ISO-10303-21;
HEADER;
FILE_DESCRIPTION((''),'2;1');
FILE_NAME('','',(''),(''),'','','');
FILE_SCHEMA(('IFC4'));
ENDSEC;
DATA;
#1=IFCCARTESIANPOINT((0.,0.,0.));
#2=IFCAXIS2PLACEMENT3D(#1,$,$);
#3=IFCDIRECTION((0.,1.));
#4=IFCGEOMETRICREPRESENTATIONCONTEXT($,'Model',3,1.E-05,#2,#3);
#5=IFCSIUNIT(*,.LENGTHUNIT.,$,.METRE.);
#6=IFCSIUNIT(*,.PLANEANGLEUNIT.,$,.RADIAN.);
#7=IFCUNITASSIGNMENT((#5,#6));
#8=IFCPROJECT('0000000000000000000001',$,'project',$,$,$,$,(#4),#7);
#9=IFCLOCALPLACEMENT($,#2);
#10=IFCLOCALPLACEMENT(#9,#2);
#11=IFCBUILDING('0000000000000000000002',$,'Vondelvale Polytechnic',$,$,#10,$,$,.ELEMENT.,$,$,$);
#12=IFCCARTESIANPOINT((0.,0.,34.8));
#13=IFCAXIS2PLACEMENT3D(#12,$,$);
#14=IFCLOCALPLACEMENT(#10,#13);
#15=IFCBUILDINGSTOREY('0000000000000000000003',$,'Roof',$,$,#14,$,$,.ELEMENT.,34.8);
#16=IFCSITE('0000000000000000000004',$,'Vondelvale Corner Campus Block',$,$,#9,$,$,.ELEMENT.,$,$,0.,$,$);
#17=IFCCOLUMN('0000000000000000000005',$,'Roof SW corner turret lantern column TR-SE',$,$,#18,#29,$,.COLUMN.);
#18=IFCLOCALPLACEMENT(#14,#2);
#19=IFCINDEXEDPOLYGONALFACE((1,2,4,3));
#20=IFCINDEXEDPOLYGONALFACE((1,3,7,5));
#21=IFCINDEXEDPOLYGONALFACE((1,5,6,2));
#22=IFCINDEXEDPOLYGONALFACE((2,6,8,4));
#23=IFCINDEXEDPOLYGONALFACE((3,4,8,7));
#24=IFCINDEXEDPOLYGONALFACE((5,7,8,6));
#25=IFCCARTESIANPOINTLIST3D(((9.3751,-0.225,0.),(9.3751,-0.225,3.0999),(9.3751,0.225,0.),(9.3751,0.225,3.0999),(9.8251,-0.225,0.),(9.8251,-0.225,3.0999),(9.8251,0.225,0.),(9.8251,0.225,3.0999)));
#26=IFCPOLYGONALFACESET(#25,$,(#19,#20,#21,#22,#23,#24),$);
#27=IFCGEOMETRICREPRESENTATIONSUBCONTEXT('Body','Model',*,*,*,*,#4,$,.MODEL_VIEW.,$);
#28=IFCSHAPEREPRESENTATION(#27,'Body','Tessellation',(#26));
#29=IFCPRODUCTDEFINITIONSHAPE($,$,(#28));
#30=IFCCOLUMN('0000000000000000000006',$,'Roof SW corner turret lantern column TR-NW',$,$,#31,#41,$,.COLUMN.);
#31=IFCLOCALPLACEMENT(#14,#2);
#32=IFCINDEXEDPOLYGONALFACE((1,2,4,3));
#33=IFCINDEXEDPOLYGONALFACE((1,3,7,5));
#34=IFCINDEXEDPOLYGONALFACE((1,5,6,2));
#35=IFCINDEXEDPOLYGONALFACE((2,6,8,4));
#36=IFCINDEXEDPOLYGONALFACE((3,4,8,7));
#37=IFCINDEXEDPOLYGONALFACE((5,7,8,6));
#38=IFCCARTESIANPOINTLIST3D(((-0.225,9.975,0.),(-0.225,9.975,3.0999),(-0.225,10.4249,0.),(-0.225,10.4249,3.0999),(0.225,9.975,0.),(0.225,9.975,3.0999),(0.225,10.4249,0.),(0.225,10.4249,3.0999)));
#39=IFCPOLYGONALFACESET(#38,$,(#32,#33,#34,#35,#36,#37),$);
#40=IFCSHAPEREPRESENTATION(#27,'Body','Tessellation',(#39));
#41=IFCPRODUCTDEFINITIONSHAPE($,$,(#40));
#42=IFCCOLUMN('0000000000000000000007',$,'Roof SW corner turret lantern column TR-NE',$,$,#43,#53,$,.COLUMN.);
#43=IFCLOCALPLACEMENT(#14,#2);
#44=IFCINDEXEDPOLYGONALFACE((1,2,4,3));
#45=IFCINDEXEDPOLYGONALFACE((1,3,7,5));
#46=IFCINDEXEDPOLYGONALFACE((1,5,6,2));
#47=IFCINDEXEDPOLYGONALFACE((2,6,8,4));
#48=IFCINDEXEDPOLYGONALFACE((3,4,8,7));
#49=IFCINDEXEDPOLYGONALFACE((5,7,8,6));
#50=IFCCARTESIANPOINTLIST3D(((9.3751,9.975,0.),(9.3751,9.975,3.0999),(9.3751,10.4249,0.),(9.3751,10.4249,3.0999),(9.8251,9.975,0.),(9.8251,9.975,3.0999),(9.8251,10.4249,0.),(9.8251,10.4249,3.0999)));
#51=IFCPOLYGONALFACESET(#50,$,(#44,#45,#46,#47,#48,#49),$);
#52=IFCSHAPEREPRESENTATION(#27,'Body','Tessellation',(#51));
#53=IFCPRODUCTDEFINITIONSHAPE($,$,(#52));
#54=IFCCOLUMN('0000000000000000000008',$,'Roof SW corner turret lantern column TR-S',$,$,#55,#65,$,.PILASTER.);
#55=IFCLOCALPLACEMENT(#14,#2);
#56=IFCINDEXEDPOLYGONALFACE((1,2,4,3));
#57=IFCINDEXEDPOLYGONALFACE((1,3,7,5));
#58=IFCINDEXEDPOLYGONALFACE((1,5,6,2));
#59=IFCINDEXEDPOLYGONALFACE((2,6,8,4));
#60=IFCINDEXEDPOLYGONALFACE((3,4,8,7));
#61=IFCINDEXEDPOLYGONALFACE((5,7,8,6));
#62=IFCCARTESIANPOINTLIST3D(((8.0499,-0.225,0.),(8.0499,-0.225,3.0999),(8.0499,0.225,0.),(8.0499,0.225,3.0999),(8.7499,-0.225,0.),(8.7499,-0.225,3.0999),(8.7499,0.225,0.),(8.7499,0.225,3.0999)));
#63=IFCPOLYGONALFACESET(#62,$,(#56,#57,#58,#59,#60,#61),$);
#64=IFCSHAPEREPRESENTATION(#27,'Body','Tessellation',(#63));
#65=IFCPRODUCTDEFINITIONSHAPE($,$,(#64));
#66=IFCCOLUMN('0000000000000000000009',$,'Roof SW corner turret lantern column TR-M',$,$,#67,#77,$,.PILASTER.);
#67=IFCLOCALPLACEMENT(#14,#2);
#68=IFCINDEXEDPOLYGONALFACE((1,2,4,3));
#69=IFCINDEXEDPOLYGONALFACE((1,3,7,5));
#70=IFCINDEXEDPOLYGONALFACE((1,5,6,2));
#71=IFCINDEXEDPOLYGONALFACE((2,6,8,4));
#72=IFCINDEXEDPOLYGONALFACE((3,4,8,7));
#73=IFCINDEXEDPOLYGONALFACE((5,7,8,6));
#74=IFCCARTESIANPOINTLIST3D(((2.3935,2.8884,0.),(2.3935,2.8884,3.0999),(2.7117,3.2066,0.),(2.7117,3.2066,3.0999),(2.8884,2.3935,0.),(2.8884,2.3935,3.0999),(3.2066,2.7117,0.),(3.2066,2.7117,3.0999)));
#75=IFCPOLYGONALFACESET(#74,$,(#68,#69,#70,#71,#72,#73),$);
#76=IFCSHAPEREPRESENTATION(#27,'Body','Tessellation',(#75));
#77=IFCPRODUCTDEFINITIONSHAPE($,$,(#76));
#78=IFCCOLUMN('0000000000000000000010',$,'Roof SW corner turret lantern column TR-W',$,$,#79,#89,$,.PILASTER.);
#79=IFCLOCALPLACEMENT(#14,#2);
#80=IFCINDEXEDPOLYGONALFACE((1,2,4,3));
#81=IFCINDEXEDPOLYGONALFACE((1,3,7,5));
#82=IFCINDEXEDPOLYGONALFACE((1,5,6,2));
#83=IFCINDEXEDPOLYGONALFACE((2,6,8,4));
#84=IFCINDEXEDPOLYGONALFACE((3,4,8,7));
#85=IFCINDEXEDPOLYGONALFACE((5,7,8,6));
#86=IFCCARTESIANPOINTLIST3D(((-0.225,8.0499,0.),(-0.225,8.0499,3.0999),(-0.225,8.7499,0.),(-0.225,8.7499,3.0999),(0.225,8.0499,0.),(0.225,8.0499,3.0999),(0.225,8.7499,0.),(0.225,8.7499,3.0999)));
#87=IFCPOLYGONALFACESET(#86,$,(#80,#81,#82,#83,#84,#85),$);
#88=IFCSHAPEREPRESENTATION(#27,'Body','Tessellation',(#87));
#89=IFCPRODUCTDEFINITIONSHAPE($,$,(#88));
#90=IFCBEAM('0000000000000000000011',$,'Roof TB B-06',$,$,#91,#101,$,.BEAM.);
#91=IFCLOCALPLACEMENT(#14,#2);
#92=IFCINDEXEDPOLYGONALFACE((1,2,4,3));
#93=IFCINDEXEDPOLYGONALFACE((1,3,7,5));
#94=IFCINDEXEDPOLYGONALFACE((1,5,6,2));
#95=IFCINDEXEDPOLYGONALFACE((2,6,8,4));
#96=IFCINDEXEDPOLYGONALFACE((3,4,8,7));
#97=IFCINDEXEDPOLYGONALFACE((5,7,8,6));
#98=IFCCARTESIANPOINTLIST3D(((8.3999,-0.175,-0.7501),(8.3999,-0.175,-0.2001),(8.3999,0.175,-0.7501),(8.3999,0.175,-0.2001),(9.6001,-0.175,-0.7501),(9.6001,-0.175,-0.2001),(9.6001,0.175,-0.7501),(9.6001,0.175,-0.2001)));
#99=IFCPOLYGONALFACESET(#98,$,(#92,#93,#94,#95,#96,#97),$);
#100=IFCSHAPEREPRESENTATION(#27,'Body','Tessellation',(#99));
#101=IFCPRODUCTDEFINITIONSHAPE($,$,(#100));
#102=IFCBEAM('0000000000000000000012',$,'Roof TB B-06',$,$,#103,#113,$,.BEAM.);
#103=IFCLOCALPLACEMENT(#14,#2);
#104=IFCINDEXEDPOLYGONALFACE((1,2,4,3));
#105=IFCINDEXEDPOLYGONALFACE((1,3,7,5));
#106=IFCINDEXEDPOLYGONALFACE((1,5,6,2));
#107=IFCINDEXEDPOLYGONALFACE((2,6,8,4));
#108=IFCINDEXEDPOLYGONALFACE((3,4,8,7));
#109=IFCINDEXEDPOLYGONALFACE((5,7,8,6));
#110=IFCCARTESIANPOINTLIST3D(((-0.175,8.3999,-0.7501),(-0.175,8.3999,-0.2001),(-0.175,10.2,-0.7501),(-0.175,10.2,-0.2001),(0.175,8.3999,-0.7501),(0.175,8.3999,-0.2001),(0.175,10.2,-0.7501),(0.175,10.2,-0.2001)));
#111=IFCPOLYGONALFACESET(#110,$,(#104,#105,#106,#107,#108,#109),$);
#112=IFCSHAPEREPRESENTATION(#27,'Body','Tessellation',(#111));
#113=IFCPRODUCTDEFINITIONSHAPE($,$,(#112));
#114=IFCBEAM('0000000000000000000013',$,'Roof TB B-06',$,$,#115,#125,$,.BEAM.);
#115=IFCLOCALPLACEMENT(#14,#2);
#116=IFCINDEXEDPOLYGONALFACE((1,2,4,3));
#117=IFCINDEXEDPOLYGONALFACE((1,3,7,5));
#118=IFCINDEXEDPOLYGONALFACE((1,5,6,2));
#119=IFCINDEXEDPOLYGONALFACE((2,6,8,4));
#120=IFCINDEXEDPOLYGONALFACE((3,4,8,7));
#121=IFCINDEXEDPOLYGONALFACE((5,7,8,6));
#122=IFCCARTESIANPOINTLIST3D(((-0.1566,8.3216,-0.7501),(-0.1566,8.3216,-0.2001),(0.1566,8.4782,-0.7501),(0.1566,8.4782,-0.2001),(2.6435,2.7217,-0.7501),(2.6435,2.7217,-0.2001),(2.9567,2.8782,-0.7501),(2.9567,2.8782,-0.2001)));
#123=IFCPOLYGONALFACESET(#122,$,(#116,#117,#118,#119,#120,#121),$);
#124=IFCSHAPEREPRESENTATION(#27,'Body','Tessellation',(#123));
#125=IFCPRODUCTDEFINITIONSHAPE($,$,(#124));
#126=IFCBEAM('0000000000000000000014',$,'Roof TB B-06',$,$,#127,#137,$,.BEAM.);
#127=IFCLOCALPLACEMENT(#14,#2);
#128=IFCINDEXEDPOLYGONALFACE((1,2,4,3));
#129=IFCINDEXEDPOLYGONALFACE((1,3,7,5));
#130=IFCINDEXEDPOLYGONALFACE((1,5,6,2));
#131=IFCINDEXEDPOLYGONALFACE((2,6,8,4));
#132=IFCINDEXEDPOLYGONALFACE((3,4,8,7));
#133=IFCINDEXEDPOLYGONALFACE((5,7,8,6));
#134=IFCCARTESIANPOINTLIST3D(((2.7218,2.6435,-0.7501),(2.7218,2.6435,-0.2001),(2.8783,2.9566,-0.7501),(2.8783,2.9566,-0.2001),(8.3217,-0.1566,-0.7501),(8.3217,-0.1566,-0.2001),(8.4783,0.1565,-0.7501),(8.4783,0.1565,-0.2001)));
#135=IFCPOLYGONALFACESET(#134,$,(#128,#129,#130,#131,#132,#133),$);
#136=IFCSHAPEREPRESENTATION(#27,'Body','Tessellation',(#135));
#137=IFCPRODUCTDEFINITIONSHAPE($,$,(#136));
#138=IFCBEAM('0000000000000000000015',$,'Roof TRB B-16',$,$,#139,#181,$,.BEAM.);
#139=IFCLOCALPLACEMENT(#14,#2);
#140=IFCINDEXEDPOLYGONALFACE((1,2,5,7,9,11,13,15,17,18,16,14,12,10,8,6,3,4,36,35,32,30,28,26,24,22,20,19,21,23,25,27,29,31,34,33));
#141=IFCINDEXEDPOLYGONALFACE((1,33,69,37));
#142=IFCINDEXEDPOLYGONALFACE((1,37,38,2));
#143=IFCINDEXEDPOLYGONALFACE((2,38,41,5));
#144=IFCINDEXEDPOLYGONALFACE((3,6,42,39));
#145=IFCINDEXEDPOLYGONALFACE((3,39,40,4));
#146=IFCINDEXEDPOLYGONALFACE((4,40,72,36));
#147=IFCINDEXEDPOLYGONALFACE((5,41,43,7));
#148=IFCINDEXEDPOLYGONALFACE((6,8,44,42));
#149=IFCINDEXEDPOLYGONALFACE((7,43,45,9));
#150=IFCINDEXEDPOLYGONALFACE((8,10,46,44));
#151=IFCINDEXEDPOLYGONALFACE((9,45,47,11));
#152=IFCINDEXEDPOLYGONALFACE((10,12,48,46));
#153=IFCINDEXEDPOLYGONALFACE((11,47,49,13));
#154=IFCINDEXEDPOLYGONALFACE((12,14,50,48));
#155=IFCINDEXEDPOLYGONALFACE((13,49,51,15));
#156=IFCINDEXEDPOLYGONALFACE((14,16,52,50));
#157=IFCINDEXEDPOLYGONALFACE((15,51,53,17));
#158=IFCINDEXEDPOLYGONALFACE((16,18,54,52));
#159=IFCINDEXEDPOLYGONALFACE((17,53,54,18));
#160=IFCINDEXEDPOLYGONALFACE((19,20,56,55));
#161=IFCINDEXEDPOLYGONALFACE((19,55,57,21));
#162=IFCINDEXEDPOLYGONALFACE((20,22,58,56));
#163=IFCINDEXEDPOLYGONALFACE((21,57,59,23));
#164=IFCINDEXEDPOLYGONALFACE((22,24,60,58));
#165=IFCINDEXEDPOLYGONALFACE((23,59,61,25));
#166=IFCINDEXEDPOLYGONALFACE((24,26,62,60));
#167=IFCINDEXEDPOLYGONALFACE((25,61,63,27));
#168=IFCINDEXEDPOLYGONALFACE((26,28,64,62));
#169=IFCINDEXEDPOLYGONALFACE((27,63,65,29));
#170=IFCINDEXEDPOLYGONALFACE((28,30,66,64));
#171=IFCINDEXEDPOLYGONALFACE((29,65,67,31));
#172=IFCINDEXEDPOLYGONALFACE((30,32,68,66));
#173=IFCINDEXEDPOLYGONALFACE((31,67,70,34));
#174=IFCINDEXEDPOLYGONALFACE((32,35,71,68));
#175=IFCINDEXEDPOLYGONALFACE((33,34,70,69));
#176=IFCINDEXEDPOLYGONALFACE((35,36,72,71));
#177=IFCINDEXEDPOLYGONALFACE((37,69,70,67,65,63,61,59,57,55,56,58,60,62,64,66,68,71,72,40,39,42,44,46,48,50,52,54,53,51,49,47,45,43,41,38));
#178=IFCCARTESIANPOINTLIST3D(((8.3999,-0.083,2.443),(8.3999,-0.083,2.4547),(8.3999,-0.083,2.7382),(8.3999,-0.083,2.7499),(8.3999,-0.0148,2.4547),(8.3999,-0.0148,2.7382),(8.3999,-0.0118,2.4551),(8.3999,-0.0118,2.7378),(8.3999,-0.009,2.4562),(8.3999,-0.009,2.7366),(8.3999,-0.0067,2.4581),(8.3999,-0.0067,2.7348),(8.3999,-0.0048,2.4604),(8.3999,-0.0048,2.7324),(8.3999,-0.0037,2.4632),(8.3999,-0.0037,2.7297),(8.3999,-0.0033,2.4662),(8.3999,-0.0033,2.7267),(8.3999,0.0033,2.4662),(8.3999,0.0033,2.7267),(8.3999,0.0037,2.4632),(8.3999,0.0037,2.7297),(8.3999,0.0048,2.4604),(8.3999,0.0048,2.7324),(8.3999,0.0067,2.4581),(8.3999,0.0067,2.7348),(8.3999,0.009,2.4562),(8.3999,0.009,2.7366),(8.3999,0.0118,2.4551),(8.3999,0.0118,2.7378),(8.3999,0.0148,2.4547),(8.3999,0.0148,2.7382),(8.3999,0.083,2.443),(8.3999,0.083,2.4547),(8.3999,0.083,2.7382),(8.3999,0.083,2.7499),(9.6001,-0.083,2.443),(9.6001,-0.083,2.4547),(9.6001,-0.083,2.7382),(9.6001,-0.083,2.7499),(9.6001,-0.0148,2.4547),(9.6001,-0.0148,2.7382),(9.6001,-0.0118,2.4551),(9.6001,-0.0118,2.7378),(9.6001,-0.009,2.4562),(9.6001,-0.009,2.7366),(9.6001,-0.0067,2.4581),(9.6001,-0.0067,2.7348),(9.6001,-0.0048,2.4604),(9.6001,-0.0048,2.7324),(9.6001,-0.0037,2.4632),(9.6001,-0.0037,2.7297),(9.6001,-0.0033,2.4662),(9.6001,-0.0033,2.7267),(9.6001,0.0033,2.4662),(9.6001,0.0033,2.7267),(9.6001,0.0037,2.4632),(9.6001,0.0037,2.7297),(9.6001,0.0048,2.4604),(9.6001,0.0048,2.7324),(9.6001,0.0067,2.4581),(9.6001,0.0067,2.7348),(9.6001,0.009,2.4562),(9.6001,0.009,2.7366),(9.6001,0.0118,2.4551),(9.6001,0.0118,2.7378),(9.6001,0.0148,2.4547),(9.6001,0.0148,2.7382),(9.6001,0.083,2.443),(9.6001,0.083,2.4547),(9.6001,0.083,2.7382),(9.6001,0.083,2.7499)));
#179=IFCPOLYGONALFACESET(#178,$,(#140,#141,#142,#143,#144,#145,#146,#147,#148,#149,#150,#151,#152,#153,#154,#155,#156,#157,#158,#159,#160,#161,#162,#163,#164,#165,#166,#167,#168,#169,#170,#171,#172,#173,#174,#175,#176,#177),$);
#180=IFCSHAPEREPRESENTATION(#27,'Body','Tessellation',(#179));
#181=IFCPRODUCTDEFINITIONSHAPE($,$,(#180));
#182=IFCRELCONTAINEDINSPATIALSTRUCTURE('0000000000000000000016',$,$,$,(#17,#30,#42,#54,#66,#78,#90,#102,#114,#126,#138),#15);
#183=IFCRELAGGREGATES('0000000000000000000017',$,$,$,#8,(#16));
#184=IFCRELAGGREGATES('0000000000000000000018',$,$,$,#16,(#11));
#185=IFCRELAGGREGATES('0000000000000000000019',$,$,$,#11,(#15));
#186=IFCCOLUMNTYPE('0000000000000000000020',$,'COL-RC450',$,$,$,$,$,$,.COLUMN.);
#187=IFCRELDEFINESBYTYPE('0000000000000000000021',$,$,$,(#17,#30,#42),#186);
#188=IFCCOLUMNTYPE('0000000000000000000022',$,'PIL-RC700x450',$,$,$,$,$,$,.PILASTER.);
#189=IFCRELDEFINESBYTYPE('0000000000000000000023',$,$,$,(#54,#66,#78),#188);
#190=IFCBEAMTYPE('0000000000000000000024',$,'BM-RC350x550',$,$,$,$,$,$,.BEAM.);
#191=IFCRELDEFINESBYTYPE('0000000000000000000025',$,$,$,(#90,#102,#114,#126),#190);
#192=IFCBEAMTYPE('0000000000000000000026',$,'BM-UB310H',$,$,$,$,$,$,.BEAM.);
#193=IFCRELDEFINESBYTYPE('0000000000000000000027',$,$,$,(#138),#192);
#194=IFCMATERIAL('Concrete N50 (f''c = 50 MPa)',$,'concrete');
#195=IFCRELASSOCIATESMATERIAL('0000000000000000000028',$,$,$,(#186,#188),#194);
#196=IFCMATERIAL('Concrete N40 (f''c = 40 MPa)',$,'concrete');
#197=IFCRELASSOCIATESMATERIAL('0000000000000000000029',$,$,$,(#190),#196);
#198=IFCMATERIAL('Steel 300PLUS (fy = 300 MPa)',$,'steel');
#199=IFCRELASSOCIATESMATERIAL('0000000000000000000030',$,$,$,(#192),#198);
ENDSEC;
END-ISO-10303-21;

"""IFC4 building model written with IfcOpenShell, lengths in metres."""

from ifc_helpers import new_model, si_unit, direction, frame, origin, origin_2d, place, context, subcontext, project, spatial, rectangle, i_section, extrude, material, material_profile, profile_set, type_object, element, save


model = new_model("IFC4")

# Units and contexts
model_context = context("Model", 3, precision=1e-05, world=origin(), true_north=direction((0.0, 1.0)))
body_context = subcontext(model_context, "Body", "Model", "MODEL_VIEW")
ifc_project = project(units=[si_unit("LENGTHUNIT", "METRE"), si_unit("PLANEANGLEUNIT", "RADIAN")], contexts=[model_context])

# Site, building, storey
site_placement = place(None, origin())
site = spatial("IfcSite", under=ifc_project, at=site_placement, Name="Vondelvale Corner Campus Block", CompositionType="ELEMENT", RefElevation=0.0)
building_placement = place(site_placement, origin())
building = spatial("IfcBuilding", under=site, at=building_placement, Name="Vondelvale Polytechnic", CompositionType="ELEMENT")
storey_placement = place(building_placement, frame((0.0, 0.0, 34.8)))
storey = spatial("IfcBuildingStorey", under=building, at=storey_placement, Name="Roof", CompositionType="ELEMENT", Elevation=34.8)

# Columns
ifc_material_1 = material(Name="Concrete N50 (f'c = 50 MPa)", Category="concrete")
ifc_material_profile_1 = material_profile(ifc_material_1, rectangle(XDim=0.45, YDim=0.45, at=origin_2d()), Name="RC-COL-450x450")
ifc_profile_set_1 = profile_set([ifc_material_profile_1], Name="Concrete N50 (f'c = 50 MPa)")
column_type_1 = type_object("IfcColumnType", Name="COL-RC450", PredefinedType="COLUMN", material=ifc_profile_set_1)
for number, where, z_axis, x_axis, name in (
    (1, (9.6001, 0.0, 0.0), (0.0, 0.0, 1.0), (1.0, 0.0, 0.0), "Roof SW corner turret lantern column TR-SE"),
    (2, (0.0, 10.2, 0.0), (0.0, 0.0, 1.0), (1.0, 0.0, 0.0), "Roof SW corner turret lantern column TR-NW"),
    (3, (9.6001, 10.2, 0.0), (0.0, 0.0, 1.0), (1.0, 0.0, 0.0), "Roof SW corner turret lantern column TR-NE"),
):
    element("IfcColumn", number, at=place(storey_placement, frame(where, z_axis=z_axis, x_axis=x_axis)), inside=storey, type_object=column_type_1, Name=name, PredefinedType="COLUMN", context=body_context, shape_type="SweptSolid", body=[
        extrude(rectangle(XDim=0.45, YDim=0.45, at=origin_2d()), origin(), (0.0, 0.0, 1.0), 3.0999),
    ])
ifc_material_profile_2 = material_profile(ifc_material_1, rectangle(XDim=0.45, YDim=0.7, at=origin_2d()), Name="RC-PIL-700x450")
ifc_profile_set_2 = profile_set([ifc_material_profile_2], Name="Concrete N50 (f'c = 50 MPa)")
column_type_2 = type_object("IfcColumnType", Name="PIL-RC700x450", PredefinedType="PILASTER", material=ifc_profile_set_2)
for number, where, z_axis, x_axis, name in (
    (4, (8.3999, 0.0, 0.0), (0.0, 0.0, 1.0), (0.0, 1.0, 0.0), "Roof SW corner turret lantern column TR-S"),
    (5, (2.8, 2.8, 0.0), (0.0, 0.0, 1.0), (0.707107, 0.707107, 0.0), "Roof SW corner turret lantern column TR-M"),
    (6, (0.0, 8.3999, 0.0), (0.0, 0.0, 1.0), (1.0, 0.0, 0.0), "Roof SW corner turret lantern column TR-W"),
):
    element("IfcColumn", number, at=place(storey_placement, frame(where, z_axis=z_axis, x_axis=x_axis)), inside=storey, type_object=column_type_2, Name=name, PredefinedType="PILASTER", context=body_context, shape_type="SweptSolid", body=[
        extrude(rectangle(XDim=0.45, YDim=0.7, at=origin_2d()), origin(), (0.0, 0.0, 1.0), 3.0999),
    ])

# Beams
ifc_material_2 = material(Name="Concrete N40 (f'c = 40 MPa)", Category="concrete")
ifc_material_profile_3 = material_profile(ifc_material_2, rectangle(XDim=0.3501, YDim=0.55, at=origin_2d()), Name="RC-BM-350x550")
ifc_profile_set_3 = profile_set([ifc_material_profile_3], Name="Concrete N40 (f'c = 40 MPa)")
beam_type_1 = type_object("IfcBeamType", Name="BM-RC350x550", PredefinedType="BEAM", material=ifc_profile_set_3)
beam_1_placement = place(storey_placement, frame((8.3999, 0.0, -0.4751), z_axis=(1.0, 0.0, 0.0), x_axis=(0.0, 1.0, 0.0)))
element("IfcBeam", 7, at=beam_1_placement, inside=storey, type_object=beam_type_1, Name="Roof TB B-06", PredefinedType="BEAM", context=body_context, shape_type="SweptSolid", body=[
    extrude(rectangle(XDim=0.3501, YDim=0.55, at=origin_2d()), origin(), (0.0, 0.0, 1.0), 1.2002),
])
beam_2_placement = place(storey_placement, frame((0.0, 10.2, -0.4751), z_axis=(0.0, -1.0, 0.0), x_axis=(1.0, 0.0, 0.0)))
element("IfcBeam", 8, at=beam_2_placement, inside=storey, type_object=beam_type_1, Name="Roof TB B-06", PredefinedType="BEAM", context=body_context, shape_type="SweptSolid", body=[
    extrude(rectangle(XDim=0.3501, YDim=0.55, at=origin_2d()), origin(), (0.0, 0.0, 1.0), 1.8),
])
for number, where, z_axis, x_axis, name in (
    (9, (0.0, 8.3999, -0.4751), (0.447229, -0.894419, 0.0), (0.894419, 0.447229, 0.0), "Roof TB B-06"),
    (10, (2.8, 2.8, -0.4751), (0.894419, -0.447229, 0.0), (0.447229, 0.894419, 0.0), "Roof TB B-06"),
):
    element("IfcBeam", number, at=place(storey_placement, frame(where, z_axis=z_axis, x_axis=x_axis)), inside=storey, type_object=beam_type_1, Name=name, PredefinedType="BEAM", context=body_context, shape_type="SweptSolid", body=[
        extrude(rectangle(XDim=0.3501, YDim=0.55, at=origin_2d()), origin(), (0.0, 0.0, 1.0), 6.261),
    ])
ifc_material_3 = material(Name="Steel 300PLUS (fy = 300 MPa)", Category="steel")
ifc_material_profile_4 = material_profile(ifc_material_3, i_section(OverallWidth=0.166, OverallDepth=0.3069, WebThickness=0.0066, FlangeThickness=0.0117, FilletRadius=0.0115, at=origin_2d()), Name="310UB46.2")
ifc_profile_set_4 = profile_set([ifc_material_profile_4], Name="Steel 300PLUS (fy = 300 MPa)")
beam_type_2 = type_object("IfcBeamType", Name="BM-UB310H", PredefinedType="BEAM", material=ifc_profile_set_4)
beam_3_placement = place(storey_placement, frame((8.3999, 0.0, 2.5964), z_axis=(1.0, 0.0, 0.0), x_axis=(0.0, 1.0, 0.0)))
element("IfcBeam", 11, at=beam_3_placement, inside=storey, type_object=beam_type_2, Name="Roof TRB B-16", PredefinedType="BEAM", context=body_context, shape_type="SweptSolid", body=[
    extrude(i_section(OverallWidth=0.166, OverallDepth=0.3069, WebThickness=0.0066, FlangeThickness=0.0117, FilletRadius=0.0115, at=origin_2d()), origin(), (0.0, 0.0, 1.0), 1.2002),
])

save(model, "model.ifc")
